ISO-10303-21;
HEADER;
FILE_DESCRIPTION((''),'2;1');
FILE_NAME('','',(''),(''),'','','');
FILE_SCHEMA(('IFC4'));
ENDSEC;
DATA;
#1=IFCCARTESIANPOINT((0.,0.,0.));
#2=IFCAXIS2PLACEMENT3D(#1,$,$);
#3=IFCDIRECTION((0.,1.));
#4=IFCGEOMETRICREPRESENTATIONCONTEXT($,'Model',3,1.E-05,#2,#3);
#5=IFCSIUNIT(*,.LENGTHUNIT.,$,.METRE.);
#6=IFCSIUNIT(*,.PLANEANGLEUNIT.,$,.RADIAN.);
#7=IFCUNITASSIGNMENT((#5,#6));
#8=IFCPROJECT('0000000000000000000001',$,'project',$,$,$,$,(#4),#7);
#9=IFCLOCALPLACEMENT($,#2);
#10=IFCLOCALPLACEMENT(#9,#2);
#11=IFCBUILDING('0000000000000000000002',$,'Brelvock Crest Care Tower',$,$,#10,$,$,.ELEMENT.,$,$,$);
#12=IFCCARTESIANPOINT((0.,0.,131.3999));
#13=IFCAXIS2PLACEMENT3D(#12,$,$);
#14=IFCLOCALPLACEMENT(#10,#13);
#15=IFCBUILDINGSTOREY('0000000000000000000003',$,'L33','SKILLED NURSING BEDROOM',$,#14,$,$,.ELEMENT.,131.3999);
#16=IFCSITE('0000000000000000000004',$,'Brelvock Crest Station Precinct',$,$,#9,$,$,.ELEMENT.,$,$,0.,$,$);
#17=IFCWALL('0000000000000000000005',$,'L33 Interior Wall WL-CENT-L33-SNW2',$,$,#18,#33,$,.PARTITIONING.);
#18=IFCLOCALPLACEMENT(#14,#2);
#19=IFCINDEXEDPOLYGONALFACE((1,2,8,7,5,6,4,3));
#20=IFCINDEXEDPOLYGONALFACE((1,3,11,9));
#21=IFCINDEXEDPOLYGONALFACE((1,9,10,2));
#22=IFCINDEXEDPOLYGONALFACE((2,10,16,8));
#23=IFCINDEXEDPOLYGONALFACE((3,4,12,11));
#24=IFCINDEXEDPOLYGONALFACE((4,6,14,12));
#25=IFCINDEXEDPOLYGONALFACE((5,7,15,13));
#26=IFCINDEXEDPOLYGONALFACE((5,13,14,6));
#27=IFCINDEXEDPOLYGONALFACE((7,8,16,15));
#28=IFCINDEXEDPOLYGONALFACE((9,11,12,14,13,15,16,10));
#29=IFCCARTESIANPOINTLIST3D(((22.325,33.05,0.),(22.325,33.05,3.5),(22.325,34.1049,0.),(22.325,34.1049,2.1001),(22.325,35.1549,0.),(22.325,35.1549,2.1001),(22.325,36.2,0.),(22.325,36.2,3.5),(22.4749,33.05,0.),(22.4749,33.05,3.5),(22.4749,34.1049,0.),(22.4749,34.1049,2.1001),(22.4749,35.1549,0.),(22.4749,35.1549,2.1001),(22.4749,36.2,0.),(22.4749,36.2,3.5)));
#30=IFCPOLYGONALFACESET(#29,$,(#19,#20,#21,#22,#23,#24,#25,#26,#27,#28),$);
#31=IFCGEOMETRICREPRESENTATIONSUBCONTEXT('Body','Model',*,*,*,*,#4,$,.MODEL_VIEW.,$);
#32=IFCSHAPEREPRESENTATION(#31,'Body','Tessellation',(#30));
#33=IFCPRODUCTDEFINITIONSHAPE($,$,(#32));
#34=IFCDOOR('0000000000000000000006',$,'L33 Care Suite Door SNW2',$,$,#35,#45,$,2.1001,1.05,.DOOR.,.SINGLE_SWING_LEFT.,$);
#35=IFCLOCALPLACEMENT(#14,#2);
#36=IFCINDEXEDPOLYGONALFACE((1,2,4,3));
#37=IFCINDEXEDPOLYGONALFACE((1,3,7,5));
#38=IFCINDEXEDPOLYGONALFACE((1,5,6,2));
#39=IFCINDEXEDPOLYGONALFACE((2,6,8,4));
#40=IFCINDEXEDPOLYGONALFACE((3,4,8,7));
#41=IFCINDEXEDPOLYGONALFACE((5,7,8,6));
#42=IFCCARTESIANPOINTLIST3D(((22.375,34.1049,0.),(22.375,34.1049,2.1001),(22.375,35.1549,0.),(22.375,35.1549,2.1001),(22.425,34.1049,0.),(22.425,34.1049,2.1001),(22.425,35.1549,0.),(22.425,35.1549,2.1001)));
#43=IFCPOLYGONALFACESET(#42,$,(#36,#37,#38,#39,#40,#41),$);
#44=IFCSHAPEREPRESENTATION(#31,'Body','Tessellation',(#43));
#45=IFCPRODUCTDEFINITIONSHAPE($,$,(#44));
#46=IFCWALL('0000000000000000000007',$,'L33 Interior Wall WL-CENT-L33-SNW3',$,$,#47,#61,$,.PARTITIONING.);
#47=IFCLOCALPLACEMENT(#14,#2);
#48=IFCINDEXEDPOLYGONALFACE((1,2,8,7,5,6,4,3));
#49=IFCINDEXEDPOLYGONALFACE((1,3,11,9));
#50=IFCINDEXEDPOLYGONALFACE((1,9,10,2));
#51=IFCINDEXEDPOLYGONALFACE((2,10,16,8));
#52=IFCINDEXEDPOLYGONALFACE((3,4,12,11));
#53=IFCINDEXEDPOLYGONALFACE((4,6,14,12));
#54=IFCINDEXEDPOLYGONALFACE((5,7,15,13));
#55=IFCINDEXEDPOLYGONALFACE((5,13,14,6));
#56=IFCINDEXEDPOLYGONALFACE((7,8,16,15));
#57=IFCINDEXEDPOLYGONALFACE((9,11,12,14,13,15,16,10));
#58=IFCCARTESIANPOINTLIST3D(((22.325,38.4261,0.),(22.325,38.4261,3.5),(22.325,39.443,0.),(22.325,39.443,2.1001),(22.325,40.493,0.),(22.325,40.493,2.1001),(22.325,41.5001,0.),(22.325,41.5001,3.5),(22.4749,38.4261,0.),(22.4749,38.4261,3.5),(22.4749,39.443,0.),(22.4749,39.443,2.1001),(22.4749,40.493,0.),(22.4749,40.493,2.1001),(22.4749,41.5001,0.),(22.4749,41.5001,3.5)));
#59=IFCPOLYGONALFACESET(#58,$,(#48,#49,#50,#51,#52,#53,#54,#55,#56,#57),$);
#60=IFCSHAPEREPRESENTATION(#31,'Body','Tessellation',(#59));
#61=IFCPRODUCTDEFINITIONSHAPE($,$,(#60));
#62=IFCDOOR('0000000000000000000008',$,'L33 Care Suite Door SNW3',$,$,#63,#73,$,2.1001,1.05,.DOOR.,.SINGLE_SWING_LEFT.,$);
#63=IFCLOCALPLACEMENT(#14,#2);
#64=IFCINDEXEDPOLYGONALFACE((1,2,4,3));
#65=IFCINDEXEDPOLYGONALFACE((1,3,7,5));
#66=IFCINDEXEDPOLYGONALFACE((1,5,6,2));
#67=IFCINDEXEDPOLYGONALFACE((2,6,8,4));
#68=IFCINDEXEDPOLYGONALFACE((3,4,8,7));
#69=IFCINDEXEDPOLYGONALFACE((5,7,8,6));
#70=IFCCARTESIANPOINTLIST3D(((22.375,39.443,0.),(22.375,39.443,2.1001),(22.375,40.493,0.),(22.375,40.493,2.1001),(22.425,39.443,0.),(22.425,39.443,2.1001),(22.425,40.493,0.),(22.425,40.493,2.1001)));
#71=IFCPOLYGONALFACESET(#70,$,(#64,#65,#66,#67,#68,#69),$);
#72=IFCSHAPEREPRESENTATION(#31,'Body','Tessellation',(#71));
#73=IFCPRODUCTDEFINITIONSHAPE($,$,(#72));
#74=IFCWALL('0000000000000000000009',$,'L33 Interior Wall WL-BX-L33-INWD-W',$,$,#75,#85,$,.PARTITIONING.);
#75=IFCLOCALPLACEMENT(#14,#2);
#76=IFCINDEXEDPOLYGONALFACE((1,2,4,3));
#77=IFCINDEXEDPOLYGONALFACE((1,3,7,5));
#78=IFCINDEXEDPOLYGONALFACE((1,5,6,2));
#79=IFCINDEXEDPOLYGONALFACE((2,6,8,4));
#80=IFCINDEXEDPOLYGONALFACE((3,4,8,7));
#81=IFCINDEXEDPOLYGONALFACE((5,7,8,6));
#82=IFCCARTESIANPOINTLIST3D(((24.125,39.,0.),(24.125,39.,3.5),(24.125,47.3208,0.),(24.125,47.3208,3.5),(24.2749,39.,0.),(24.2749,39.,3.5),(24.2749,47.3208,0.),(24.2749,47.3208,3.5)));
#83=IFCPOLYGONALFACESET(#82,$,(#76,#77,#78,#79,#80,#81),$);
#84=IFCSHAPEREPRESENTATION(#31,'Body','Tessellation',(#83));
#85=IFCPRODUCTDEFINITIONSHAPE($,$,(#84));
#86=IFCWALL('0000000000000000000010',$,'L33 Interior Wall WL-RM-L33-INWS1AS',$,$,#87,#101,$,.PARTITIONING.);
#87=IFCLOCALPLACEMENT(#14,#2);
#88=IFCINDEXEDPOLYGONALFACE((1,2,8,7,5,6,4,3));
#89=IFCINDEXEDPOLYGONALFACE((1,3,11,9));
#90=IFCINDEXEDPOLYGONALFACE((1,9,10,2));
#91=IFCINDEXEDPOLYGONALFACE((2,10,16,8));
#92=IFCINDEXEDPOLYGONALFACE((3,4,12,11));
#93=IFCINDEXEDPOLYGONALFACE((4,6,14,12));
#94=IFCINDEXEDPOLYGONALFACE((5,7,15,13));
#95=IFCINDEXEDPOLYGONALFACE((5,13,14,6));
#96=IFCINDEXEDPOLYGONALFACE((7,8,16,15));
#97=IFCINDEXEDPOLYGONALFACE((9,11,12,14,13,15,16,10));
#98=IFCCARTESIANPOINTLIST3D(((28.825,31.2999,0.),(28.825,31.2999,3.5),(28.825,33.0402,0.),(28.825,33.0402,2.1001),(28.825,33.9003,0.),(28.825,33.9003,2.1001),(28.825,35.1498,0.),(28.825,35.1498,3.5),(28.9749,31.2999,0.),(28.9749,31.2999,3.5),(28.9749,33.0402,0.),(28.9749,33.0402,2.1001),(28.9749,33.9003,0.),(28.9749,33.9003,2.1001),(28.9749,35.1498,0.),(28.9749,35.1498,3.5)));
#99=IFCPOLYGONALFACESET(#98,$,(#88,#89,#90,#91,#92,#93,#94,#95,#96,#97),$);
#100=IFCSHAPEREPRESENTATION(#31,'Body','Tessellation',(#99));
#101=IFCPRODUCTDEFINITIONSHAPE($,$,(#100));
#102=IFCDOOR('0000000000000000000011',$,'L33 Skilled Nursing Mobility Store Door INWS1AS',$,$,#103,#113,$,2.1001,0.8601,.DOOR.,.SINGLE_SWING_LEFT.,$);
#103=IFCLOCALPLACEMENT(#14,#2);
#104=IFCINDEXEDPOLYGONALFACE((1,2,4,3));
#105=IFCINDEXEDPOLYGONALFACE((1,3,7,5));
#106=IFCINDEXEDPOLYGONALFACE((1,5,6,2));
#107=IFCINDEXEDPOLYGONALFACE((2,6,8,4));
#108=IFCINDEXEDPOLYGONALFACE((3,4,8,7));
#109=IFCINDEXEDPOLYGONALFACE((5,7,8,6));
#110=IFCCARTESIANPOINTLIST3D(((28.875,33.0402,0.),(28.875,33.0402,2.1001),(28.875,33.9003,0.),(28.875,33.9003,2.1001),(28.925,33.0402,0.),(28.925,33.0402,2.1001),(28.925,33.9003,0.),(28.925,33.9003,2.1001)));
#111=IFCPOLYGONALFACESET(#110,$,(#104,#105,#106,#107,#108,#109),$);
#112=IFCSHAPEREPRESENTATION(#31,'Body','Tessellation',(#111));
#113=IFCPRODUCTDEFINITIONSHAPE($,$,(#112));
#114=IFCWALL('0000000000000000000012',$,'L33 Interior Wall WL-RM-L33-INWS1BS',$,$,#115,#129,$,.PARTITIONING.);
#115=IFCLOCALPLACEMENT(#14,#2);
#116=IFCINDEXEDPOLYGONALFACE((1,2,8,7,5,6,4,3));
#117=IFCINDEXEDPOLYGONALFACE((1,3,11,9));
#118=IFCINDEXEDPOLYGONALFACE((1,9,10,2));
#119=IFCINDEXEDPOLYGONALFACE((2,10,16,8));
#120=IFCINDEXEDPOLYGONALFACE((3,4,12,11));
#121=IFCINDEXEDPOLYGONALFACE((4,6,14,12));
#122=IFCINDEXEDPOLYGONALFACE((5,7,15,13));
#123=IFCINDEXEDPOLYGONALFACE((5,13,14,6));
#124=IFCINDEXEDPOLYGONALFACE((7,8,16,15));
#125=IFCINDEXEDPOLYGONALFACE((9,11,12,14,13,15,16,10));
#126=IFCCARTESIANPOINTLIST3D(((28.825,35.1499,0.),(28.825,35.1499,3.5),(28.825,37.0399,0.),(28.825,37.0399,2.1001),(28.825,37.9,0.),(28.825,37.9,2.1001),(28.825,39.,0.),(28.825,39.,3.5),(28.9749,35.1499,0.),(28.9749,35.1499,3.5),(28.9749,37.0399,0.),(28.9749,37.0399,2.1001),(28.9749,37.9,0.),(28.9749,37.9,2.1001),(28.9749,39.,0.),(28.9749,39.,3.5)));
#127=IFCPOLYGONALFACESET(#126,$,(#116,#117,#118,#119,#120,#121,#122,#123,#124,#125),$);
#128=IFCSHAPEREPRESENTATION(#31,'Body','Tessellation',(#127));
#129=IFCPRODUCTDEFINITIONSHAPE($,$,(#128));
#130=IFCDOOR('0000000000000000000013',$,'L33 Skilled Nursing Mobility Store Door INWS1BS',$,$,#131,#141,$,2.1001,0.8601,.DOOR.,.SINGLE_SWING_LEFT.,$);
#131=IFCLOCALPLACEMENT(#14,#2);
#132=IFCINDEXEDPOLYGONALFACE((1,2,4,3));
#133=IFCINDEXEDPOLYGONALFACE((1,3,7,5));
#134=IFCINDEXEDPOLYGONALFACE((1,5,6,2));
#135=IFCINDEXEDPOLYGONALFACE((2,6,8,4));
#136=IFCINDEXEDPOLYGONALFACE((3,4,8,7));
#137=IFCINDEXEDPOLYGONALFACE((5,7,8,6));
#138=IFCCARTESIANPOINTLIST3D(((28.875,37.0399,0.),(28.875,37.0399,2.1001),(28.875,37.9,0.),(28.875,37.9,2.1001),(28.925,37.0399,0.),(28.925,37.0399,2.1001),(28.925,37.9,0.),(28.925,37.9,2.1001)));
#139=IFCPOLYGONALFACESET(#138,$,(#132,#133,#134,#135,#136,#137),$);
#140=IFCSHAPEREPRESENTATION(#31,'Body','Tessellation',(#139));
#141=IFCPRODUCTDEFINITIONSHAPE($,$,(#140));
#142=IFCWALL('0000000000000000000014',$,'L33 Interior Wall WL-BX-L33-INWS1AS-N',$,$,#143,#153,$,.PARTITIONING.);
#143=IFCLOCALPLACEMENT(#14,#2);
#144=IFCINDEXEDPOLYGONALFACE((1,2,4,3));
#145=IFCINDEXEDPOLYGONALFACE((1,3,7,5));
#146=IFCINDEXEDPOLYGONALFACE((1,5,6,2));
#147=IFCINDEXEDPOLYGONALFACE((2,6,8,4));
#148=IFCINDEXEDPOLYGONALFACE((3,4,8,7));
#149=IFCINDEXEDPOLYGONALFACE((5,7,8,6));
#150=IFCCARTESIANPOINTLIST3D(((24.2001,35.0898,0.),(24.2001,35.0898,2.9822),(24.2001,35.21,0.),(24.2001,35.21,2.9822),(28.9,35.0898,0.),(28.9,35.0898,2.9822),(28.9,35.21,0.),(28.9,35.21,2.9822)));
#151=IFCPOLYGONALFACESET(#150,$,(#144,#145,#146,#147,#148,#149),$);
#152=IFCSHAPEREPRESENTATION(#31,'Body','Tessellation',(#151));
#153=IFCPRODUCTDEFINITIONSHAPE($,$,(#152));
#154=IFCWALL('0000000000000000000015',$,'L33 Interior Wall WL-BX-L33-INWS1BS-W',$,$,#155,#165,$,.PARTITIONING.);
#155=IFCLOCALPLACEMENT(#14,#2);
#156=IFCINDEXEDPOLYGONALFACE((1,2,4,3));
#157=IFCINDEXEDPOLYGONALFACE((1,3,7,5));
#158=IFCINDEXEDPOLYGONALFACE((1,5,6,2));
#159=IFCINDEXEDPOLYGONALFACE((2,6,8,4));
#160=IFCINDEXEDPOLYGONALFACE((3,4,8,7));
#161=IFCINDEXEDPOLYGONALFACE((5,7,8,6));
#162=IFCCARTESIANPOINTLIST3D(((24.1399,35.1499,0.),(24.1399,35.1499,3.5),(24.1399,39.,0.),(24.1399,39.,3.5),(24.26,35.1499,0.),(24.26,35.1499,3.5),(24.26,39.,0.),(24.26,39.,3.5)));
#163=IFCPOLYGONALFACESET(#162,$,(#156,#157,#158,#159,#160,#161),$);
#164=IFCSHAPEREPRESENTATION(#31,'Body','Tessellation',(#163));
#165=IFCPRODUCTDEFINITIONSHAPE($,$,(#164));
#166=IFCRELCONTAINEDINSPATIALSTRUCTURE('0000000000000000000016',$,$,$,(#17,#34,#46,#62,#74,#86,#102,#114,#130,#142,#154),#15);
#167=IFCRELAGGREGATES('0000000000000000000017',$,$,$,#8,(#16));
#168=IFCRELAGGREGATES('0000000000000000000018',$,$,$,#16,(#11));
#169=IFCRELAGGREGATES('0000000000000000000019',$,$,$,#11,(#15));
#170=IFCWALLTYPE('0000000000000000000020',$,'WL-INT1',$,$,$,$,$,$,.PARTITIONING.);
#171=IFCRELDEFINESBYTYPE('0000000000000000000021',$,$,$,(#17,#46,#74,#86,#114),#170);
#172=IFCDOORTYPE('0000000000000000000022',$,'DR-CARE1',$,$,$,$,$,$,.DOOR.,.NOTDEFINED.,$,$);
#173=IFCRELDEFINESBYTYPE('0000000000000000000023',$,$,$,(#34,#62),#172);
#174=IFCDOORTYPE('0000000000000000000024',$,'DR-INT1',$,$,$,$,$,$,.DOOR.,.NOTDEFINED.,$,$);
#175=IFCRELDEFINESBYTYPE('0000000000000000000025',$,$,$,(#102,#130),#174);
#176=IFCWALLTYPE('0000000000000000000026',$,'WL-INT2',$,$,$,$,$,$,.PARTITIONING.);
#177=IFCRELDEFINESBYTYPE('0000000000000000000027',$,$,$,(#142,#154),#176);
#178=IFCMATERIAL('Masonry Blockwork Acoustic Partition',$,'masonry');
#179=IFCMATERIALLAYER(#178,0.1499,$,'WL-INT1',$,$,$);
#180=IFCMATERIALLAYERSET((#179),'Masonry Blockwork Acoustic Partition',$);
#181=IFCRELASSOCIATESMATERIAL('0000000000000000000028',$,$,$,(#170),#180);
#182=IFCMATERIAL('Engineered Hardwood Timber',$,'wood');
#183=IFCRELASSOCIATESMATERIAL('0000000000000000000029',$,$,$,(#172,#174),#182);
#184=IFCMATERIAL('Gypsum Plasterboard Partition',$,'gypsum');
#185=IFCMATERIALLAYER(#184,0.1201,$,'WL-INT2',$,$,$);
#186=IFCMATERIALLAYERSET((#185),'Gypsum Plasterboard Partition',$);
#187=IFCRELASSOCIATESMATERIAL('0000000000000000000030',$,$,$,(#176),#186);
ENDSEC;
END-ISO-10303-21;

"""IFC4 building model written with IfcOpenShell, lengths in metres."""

from ifc_helpers import new_model, si_unit, direction, frame, frame_2d, origin, origin_2d, place, context, subcontext, project, spatial, rectangle, extrude, source, transform, mapped, material, layer, layer_set, type_object, element, fill, save


model = new_model("IFC4")

# Units and contexts
model_context = context("Model", 3, precision=1e-05, world=origin(), true_north=direction((0.0, 1.0)))
body_context = subcontext(model_context, "Body", "Model", "MODEL_VIEW")
ifc_project = project(units=[si_unit("LENGTHUNIT", "METRE"), si_unit("PLANEANGLEUNIT", "RADIAN")], contexts=[model_context])

# Site, building, storey
site_placement = place(None, origin())
site = spatial("IfcSite", under=ifc_project, at=site_placement, Name="Brelvock Crest Station Precinct", CompositionType="ELEMENT", RefElevation=0.0)
building_placement = place(site_placement, origin())
building = spatial("IfcBuilding", under=site, at=building_placement, Name="Brelvock Crest Care Tower", CompositionType="ELEMENT")
storey_placement = place(building_placement, frame((0.0, 0.0, 131.3999)))
storey = spatial("IfcBuildingStorey", under=building, at=storey_placement, Name="L33", Description="SKILLED NURSING BEDROOM", CompositionType="ELEMENT", Elevation=131.3999)

# Shared definitions
ifc_material_1 = material(Name="Masonry Blockwork Acoustic Partition", Category="masonry")
ifc_layer_1 = layer(ifc_material_1, 0.1499, Name="WL-INT1")
ifc_layer_set_1 = layer_set([ifc_layer_1], Name="Masonry Blockwork Acoustic Partition")
wall_type_1 = type_object("IfcWallType", Name="WL-INT1", PredefinedType="PARTITIONING", material=ifc_layer_set_1)

# Walls, openings, doors
wall_1_placement = place(storey_placement, frame((22.3999, 33.05, 0.0), z_axis=(0.0, 0.0, 1.0), x_axis=(0.0, 1.0, 0.0)))
wall_1 = element("IfcWall", 1, at=wall_1_placement, inside=storey, type_object=wall_type_1, Name="L33 Interior Wall WL-CENT-L33-SNW2", PredefinedType="PARTITIONING", context=body_context, shape_type="SweptSolid", body=[
    extrude(rectangle(XDim=3.1499, YDim=0.1499, at=frame_2d((1.575, 0.0))), origin(), (0.0, 0.0, 1.0), 3.5),
])
opening_1_placement = place(wall_1_placement, frame((1.0549, 0.0, 0.0)))
opening_1 = element("IfcOpeningElement", 2, at=opening_1_placement, cuts=wall_1, PredefinedType="OPENING", context=body_context, shape_type="SweptSolid", body=[
    extrude(rectangle(XDim=1.05, YDim=2.1001, at=origin_2d()), frame((0.5249, 0.085, 1.05), z_axis=(0.0, -1.0, 0.0), x_axis=(1.0, 0.0, 0.0)), (0.0, 0.0, 1.0), 0.1699),
])
ifc_material_2 = material(Name="Engineered Hardwood Timber", Category="wood")
door_type_1 = type_object("IfcDoorType", Name="DR-CARE1", OperationType="NOTDEFINED", PredefinedType="DOOR", material=ifc_material_2)
shared_shape_1 = source(origin(), body_context, "Body", "SweptSolid", [
    extrude(rectangle(XDim=1.05, YDim=2.1001, at=origin_2d()), frame((0.5249, 0.0249, 1.05), z_axis=(0.0, -1.0, 0.0), x_axis=(1.0, 0.0, 0.0)), (0.0, 0.0, 1.0), 0.05),
])
door_1_placement = place(opening_1_placement, origin())
door_1 = element("IfcDoor", 3, at=door_1_placement, inside=storey, type_object=door_type_1, Name="L33 Care Suite Door SNW2", OperationType="SINGLE_SWING_LEFT", OverallHeight=2.1001, OverallWidth=1.05, PredefinedType="DOOR", context=body_context, shape_type="MappedRepresentation", body=[
    mapped(shared_shape_1, transform((0.0, 0.0, 0.0), x_axis=(1.0, 0.0, 0.0), y_axis=(0.0, 1.0, 0.0), z_axis=(0.0, 0.0, 1.0), scale=1.0)),
])
fill(opening_1, door_1)
wall_2_placement = place(storey_placement, frame((22.3999, 38.426, 0.0), z_axis=(0.0, 0.0, 1.0), x_axis=(0.0, 1.0, 0.0)))
wall_2 = element("IfcWall", 4, at=wall_2_placement, inside=storey, type_object=wall_type_1, Name="L33 Interior Wall WL-CENT-L33-SNW3", PredefinedType="PARTITIONING", context=body_context, shape_type="SweptSolid", body=[
    extrude(rectangle(XDim=3.074, YDim=0.1499, at=frame_2d((1.5371, 0.0))), origin(), (0.0, 0.0, 1.0), 3.5),
])
opening_2_placement = place(wall_2_placement, frame((1.0171, 0.0, 0.0)))
opening_2 = element("IfcOpeningElement", 5, at=opening_2_placement, cuts=wall_2, PredefinedType="OPENING", context=body_context, shape_type="SweptSolid", body=[
    extrude(rectangle(XDim=1.05, YDim=2.1001, at=origin_2d()), frame((0.5249, 0.085, 1.05), z_axis=(0.0, -1.0, 0.0), x_axis=(1.0, 0.0, 0.0)), (0.0, 0.0, 1.0), 0.1699),
])
door_2_placement = place(opening_2_placement, origin())
door_2 = element("IfcDoor", 6, at=door_2_placement, inside=storey, type_object=door_type_1, Name="L33 Care Suite Door SNW3", OperationType="SINGLE_SWING_LEFT", OverallHeight=2.1001, OverallWidth=1.05, PredefinedType="DOOR", context=body_context, shape_type="MappedRepresentation", body=[
    mapped(shared_shape_1, transform((0.0, 0.0, 0.0), x_axis=(1.0, 0.0, 0.0), y_axis=(0.0, 1.0, 0.0), z_axis=(0.0, 0.0, 1.0), scale=1.0)),
])
fill(opening_2, door_2)

# Wall
wall_3_placement = place(storey_placement, frame((24.2, 39.0, 0.0), z_axis=(0.0, 0.0, 1.0), x_axis=(0.0, 1.0, 0.0)))
element("IfcWall", 7, at=wall_3_placement, inside=storey, type_object=wall_type_1, Name="L33 Interior Wall WL-BX-L33-INWD-W", PredefinedType="PARTITIONING", context=body_context, shape_type="SweptSolid", body=[
    extrude(rectangle(XDim=8.3208, YDim=0.1499, at=frame_2d((4.1604, 0.0))), origin(), (0.0, 0.0, 1.0), 3.5),
])

# Walls, openings, doors
wall_4_placement = place(storey_placement, frame((28.8999, 31.3, 0.0), z_axis=(0.0, 0.0, 1.0), x_axis=(0.0, 1.0, 0.0)))
wall_4 = element("IfcWall", 8, at=wall_4_placement, inside=storey, type_object=wall_type_1, Name="L33 Interior Wall WL-RM-L33-INWS1AS", PredefinedType="PARTITIONING", context=body_context, shape_type="SweptSolid", body=[
    extrude(rectangle(XDim=3.8499, YDim=0.1499, at=frame_2d((1.9248, 0.0))), origin(), (0.0, 0.0, 1.0), 3.5),
])
opening_3_placement = place(wall_4_placement, frame((1.74, 0.0, 0.0)))
opening_3 = element("IfcOpeningElement", 9, at=opening_3_placement, cuts=wall_4, PredefinedType="OPENING", context=body_context, shape_type="SweptSolid", body=[
    extrude(rectangle(XDim=0.8601, YDim=2.1001, at=origin_2d()), frame((0.4302, 0.085, 1.05), z_axis=(0.0, -1.0, 0.0), x_axis=(1.0, 0.0, 0.0)), (0.0, 0.0, 1.0), 0.1699),
])
door_type_2 = type_object("IfcDoorType", Name="DR-INT1", OperationType="NOTDEFINED", PredefinedType="DOOR", material=ifc_material_2)
shared_shape_2 = source(origin(), body_context, "Body", "SweptSolid", [
    extrude(rectangle(XDim=0.8601, YDim=2.1001, at=origin_2d()), frame((0.4302, 0.0249, 1.05), z_axis=(0.0, -1.0, 0.0), x_axis=(1.0, 0.0, 0.0)), (0.0, 0.0, 1.0), 0.05),
])
door_3_placement = place(opening_3_placement, origin())
door_3 = element("IfcDoor", 10, at=door_3_placement, inside=storey, type_object=door_type_2, Name="L33 Skilled Nursing Mobility Store Door INWS1AS", OperationType="SINGLE_SWING_LEFT", OverallHeight=2.1001, OverallWidth=0.8601, PredefinedType="DOOR", context=body_context, shape_type="MappedRepresentation", body=[
    mapped(shared_shape_2, transform((0.0, 0.0, 0.0), x_axis=(1.0, 0.0, 0.0), y_axis=(0.0, 1.0, 0.0), z_axis=(0.0, 0.0, 1.0), scale=1.0)),
])
fill(opening_3, door_3)
wall_5_placement = place(storey_placement, frame((28.8999, 35.1499, 0.0), z_axis=(0.0, 0.0, 1.0), x_axis=(0.0, 1.0, 0.0)))
wall_5 = element("IfcWall", 11, at=wall_5_placement, inside=storey, type_object=wall_type_1, Name="L33 Interior Wall WL-RM-L33-INWS1BS", PredefinedType="PARTITIONING", context=body_context, shape_type="SweptSolid", body=[
    extrude(rectangle(XDim=3.8501, YDim=0.1499, at=frame_2d((1.925, 0.0))), origin(), (0.0, 0.0, 1.0), 3.5),
])
opening_4_placement = place(wall_5_placement, frame((1.8899, 0.0, 0.0)))
opening_4 = element("IfcOpeningElement", 12, at=opening_4_placement, cuts=wall_5, PredefinedType="OPENING", context=body_context, shape_type="SweptSolid", body=[
    extrude(rectangle(XDim=0.8601, YDim=2.1001, at=origin_2d()), frame((0.4302, 0.085, 1.05), z_axis=(0.0, -1.0, 0.0), x_axis=(1.0, 0.0, 0.0)), (0.0, 0.0, 1.0), 0.1699),
])
door_4_placement = place(opening_4_placement, origin())
door_4 = element("IfcDoor", 13, at=door_4_placement, inside=storey, type_object=door_type_2, Name="L33 Skilled Nursing Mobility Store Door INWS1BS", OperationType="SINGLE_SWING_LEFT", OverallHeight=2.1001, OverallWidth=0.8601, PredefinedType="DOOR", context=body_context, shape_type="MappedRepresentation", body=[
    mapped(shared_shape_2, transform((0.0, 0.0, 0.0), x_axis=(1.0, 0.0, 0.0), y_axis=(0.0, 1.0, 0.0), z_axis=(0.0, 0.0, 1.0), scale=1.0)),
])
fill(opening_4, door_4)

# Walls
ifc_material_3 = material(Name="Gypsum Plasterboard Partition", Category="gypsum")
ifc_layer_2 = layer(ifc_material_3, 0.1201, Name="WL-INT2")
ifc_layer_set_2 = layer_set([ifc_layer_2], Name="Gypsum Plasterboard Partition")
wall_type_2 = type_object("IfcWallType", Name="WL-INT2", PredefinedType="PARTITIONING", material=ifc_layer_set_2)
wall_6_placement = place(storey_placement, frame((24.2, 35.1499, 0.0), z_axis=(0.0, 0.0, 1.0), x_axis=(1.0, 0.0, 0.0)))
element("IfcWall", 14, at=wall_6_placement, inside=storey, type_object=wall_type_2, Name="L33 Interior Wall WL-BX-L33-INWS1AS-N", PredefinedType="PARTITIONING", context=body_context, shape_type="SweptSolid", body=[
    extrude(rectangle(XDim=4.7, YDim=0.1201, at=frame_2d((2.3501, 0.0))), origin(), (0.0, 0.0, 1.0), 2.9822),
])
wall_7_placement = place(storey_placement, frame((24.2, 35.1499, 0.0), z_axis=(0.0, 0.0, 1.0), x_axis=(0.0, 1.0, 0.0)))
element("IfcWall", 15, at=wall_7_placement, inside=storey, type_object=wall_type_2, Name="L33 Interior Wall WL-BX-L33-INWS1BS-W", PredefinedType="PARTITIONING", context=body_context, shape_type="SweptSolid", body=[
    extrude(rectangle(XDim=3.8501, YDim=0.1201, at=frame_2d((1.925, 0.0))), origin(), (0.0, 0.0, 1.0), 3.5),
])

save(model, "model.ifc")
